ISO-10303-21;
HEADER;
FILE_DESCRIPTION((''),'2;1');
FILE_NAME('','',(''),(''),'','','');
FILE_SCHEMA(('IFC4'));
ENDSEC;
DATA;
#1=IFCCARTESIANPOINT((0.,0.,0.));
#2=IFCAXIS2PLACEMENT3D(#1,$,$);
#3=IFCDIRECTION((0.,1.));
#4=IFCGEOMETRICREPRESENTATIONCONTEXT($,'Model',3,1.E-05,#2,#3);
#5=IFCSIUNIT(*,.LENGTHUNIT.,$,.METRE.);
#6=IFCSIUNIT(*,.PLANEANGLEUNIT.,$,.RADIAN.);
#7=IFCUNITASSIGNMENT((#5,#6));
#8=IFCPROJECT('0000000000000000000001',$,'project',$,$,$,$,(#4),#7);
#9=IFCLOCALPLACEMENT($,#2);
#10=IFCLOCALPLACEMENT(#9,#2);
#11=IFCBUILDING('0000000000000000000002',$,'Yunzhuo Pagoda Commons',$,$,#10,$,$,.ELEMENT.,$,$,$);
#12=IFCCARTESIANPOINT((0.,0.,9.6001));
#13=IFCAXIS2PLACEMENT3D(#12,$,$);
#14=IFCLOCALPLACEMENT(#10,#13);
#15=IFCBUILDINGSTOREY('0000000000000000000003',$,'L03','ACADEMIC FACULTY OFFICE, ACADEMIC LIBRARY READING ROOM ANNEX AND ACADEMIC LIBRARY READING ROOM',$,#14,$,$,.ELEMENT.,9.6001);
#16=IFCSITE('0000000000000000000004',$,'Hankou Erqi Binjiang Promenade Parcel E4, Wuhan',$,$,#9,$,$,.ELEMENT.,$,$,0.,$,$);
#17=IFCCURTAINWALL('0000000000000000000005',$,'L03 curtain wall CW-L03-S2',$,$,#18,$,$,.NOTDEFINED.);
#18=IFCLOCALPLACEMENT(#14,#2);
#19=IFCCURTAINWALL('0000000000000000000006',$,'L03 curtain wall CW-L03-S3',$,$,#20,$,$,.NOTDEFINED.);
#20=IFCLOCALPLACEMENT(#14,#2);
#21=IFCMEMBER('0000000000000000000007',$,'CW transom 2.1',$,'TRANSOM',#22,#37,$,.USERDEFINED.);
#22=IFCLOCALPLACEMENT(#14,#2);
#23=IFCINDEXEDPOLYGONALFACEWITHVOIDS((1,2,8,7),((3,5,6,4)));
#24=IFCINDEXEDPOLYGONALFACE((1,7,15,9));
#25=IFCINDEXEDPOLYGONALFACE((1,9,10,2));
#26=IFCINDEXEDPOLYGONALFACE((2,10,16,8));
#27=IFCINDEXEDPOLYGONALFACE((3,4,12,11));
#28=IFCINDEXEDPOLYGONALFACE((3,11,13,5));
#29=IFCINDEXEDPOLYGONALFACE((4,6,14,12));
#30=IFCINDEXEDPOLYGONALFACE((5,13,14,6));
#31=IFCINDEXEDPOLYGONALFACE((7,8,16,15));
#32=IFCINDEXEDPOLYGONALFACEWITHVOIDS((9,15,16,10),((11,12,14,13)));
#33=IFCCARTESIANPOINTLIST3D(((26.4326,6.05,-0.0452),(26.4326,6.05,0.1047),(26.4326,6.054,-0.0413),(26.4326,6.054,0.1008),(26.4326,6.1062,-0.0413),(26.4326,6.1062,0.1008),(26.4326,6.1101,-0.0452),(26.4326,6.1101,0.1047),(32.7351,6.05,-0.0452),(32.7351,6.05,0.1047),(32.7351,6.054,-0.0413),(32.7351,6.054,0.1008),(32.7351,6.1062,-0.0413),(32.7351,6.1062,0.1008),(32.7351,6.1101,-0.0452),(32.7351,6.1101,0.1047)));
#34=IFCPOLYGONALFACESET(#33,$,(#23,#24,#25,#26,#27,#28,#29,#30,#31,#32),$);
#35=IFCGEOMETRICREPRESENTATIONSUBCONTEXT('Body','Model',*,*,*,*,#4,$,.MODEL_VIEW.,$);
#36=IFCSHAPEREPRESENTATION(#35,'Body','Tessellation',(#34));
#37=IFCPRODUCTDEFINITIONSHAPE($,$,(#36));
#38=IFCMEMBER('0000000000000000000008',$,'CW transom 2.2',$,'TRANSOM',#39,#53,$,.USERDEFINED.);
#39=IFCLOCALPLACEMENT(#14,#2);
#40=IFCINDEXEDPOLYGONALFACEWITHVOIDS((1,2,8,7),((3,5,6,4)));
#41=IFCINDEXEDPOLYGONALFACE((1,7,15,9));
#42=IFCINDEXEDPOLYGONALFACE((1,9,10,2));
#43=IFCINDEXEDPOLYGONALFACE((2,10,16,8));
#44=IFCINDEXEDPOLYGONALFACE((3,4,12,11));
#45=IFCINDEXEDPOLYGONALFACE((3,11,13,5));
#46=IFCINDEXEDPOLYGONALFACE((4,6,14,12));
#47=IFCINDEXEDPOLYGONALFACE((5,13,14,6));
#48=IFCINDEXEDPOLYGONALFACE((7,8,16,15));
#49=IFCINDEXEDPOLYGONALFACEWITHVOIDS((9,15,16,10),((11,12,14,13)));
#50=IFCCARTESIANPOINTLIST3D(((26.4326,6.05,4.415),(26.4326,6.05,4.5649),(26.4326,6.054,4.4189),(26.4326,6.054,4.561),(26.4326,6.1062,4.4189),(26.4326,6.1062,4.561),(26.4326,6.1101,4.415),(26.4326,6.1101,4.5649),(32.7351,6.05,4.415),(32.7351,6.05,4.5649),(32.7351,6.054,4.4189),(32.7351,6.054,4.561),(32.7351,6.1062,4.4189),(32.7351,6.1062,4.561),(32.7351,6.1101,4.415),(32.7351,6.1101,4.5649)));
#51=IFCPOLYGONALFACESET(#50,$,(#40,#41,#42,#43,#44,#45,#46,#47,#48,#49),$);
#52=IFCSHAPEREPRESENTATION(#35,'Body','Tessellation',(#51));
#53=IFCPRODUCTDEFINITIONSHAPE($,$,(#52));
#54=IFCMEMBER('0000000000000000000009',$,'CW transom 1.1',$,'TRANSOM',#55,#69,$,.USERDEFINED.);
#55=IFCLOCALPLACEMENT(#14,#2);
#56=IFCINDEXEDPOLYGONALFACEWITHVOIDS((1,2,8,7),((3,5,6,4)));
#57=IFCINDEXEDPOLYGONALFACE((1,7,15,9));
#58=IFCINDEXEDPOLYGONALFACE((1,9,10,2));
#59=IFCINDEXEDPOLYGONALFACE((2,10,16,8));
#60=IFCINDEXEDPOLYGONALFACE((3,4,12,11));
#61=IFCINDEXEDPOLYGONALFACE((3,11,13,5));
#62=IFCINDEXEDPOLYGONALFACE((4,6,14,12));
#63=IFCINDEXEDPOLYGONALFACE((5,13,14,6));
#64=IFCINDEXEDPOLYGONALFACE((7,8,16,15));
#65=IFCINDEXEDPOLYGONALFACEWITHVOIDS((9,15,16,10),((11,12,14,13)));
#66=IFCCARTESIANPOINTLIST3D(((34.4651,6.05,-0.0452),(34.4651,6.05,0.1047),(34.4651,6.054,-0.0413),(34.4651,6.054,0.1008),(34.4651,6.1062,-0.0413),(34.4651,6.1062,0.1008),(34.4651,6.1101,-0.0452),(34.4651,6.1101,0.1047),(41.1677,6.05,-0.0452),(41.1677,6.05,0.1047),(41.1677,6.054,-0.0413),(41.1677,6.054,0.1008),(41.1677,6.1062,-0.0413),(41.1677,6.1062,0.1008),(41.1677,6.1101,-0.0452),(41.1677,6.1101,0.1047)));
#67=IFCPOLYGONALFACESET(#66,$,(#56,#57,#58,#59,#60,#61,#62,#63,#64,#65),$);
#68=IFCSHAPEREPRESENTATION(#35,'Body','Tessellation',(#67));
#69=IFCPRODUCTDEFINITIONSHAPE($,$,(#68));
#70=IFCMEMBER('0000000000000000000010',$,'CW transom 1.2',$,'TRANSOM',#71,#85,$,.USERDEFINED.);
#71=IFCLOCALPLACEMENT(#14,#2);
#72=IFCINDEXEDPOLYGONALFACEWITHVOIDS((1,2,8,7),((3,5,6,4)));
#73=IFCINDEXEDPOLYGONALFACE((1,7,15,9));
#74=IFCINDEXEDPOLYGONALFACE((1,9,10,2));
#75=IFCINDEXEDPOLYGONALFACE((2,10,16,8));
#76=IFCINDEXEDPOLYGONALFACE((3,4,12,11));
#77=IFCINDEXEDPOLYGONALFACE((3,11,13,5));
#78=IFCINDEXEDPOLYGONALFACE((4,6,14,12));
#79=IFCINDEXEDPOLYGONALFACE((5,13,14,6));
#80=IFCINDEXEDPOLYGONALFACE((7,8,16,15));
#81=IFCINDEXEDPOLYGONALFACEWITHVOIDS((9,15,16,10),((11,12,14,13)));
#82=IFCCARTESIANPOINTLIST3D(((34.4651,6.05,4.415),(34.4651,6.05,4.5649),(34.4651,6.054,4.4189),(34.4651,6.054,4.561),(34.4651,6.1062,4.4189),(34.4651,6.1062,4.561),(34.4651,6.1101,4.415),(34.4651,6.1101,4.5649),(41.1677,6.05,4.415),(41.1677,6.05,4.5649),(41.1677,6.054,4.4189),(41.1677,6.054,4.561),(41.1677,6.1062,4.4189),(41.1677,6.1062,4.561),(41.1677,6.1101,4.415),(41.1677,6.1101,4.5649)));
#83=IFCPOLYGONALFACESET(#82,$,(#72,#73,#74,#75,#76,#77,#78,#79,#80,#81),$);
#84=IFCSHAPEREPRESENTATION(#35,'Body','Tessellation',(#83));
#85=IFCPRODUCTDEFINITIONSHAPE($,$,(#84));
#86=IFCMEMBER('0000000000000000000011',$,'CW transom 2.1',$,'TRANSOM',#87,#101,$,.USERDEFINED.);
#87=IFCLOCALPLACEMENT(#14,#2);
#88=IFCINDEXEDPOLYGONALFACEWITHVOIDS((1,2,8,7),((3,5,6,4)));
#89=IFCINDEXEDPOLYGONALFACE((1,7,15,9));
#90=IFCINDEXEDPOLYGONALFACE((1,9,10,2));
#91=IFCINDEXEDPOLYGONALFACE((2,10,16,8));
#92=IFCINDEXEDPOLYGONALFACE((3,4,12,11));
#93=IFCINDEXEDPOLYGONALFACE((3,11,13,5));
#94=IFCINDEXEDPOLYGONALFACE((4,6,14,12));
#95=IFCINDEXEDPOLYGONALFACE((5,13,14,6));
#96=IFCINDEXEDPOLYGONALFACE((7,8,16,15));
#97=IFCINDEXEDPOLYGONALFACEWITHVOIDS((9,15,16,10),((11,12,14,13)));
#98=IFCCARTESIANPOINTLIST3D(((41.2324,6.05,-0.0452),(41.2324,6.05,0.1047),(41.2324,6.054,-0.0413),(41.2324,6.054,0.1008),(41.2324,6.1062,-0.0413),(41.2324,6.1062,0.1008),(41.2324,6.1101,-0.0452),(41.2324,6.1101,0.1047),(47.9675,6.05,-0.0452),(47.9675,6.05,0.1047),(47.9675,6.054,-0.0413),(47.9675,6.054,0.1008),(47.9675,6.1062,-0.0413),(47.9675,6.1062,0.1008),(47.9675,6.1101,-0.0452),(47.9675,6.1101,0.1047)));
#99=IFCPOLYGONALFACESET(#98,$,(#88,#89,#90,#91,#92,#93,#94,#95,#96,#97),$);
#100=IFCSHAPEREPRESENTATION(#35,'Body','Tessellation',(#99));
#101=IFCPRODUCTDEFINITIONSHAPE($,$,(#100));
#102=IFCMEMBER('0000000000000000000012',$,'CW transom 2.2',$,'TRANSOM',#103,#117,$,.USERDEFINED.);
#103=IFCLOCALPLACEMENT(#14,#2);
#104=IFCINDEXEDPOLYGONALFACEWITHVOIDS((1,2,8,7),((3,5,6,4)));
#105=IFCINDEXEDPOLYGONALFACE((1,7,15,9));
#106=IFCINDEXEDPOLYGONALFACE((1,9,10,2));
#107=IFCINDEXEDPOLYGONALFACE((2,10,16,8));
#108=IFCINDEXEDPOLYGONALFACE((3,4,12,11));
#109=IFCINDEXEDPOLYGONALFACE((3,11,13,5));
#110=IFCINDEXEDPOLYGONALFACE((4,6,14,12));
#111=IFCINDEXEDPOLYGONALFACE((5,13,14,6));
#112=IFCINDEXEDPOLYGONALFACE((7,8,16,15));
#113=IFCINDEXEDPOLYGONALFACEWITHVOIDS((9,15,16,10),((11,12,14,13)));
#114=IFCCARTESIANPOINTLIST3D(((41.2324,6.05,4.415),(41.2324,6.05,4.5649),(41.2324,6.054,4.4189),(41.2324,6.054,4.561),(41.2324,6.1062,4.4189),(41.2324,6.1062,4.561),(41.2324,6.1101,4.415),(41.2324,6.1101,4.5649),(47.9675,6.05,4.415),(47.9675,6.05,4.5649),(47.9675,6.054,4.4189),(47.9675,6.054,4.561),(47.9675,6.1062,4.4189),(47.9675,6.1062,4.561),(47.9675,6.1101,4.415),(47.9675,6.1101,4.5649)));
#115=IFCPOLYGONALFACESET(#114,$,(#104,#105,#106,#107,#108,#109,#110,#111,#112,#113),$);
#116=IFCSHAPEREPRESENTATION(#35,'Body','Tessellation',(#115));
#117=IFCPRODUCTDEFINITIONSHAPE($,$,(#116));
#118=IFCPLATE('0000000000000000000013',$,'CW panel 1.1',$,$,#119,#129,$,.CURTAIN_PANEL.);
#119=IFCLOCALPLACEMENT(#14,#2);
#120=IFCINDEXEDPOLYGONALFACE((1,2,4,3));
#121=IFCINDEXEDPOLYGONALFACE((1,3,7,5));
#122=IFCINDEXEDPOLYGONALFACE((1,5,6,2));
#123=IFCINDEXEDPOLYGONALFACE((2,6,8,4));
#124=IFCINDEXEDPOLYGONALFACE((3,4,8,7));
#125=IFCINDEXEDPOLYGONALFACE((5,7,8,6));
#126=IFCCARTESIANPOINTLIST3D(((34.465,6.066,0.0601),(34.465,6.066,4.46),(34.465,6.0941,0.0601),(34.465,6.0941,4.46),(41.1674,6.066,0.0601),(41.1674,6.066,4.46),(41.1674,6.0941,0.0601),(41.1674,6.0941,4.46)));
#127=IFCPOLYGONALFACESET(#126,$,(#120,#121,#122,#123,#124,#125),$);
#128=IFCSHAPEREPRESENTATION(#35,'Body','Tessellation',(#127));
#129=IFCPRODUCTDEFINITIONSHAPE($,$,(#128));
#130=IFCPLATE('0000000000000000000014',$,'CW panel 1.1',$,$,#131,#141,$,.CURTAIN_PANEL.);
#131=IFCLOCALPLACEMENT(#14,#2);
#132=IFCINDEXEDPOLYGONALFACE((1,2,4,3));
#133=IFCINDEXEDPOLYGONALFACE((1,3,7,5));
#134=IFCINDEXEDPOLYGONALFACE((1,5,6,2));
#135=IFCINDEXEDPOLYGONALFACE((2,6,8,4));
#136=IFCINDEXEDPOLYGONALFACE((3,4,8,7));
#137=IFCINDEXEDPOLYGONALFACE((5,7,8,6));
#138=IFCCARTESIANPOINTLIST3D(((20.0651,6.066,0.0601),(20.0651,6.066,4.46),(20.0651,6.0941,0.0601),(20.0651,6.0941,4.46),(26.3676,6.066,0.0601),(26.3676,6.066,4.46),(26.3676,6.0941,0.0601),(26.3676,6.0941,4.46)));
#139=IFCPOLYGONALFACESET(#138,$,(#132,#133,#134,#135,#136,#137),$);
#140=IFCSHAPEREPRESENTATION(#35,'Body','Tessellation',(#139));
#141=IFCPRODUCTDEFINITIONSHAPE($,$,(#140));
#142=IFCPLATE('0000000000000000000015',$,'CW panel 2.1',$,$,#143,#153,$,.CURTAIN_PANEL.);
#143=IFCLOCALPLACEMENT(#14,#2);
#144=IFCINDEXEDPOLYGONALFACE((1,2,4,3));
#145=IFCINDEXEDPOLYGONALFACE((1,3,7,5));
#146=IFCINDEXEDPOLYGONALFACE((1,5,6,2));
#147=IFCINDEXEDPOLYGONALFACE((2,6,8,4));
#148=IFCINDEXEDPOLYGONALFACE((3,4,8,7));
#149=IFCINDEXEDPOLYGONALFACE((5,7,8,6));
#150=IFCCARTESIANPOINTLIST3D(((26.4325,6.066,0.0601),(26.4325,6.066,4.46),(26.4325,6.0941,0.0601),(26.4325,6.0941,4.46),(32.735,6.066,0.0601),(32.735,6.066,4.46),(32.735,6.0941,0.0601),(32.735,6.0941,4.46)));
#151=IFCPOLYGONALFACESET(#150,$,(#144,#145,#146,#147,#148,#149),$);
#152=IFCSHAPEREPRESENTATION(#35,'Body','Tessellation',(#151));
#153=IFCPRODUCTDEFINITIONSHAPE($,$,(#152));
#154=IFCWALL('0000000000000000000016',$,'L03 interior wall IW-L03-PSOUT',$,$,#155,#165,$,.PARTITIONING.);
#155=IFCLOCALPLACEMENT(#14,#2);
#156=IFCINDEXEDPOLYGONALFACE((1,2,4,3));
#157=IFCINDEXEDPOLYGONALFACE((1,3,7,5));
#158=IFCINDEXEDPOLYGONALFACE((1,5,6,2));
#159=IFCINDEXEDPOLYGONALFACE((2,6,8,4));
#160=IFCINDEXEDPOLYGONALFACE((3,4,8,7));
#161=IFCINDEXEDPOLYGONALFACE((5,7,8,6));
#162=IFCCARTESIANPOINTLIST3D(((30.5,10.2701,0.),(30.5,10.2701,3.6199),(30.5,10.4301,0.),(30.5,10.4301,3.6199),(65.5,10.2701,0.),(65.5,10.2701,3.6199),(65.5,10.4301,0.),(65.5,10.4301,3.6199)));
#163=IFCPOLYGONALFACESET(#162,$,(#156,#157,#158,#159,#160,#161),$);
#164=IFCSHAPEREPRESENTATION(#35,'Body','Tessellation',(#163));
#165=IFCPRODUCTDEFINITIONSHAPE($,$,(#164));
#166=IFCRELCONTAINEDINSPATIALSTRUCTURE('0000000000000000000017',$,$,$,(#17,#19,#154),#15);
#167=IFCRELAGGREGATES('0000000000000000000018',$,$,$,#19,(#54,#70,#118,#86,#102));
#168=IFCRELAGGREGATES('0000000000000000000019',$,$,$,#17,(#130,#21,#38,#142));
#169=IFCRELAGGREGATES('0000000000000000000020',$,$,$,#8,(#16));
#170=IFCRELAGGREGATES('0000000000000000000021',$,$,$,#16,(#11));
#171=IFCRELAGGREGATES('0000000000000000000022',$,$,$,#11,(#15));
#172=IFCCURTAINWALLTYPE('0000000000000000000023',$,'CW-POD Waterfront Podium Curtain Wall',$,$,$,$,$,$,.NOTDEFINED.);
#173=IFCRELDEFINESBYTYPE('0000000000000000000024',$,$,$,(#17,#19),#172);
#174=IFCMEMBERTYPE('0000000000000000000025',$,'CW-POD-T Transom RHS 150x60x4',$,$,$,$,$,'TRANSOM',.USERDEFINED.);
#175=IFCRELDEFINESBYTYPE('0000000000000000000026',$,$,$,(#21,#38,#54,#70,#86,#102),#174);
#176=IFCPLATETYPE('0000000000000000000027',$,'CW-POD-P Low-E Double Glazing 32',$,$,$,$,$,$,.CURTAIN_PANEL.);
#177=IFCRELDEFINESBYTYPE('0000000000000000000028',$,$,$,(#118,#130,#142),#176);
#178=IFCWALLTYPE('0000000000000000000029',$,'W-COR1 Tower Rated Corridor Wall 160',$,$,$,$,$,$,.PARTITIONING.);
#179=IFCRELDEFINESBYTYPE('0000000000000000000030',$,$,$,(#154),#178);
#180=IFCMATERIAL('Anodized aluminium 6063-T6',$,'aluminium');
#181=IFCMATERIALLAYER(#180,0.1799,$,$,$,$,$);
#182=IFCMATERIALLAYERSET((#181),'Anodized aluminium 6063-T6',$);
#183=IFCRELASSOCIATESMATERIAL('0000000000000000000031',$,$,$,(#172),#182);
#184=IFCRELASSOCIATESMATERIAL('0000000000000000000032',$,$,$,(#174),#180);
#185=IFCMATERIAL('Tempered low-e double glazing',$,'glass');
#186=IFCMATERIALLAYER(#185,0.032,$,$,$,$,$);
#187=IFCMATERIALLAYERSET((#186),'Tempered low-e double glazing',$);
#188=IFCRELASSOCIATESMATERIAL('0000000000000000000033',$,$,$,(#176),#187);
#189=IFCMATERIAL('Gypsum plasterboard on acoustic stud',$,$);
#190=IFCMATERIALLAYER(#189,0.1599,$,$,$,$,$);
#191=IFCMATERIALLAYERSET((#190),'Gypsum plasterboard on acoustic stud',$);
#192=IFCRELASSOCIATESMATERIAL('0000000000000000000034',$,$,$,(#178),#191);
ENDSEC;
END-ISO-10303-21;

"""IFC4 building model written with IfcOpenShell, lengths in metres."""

from ifc_helpers import new_model, si_unit, direction, frame, frame_2d, origin, origin_2d, place, context, subcontext, project, spatial, rectangle, hollow_rectangle, extrude, source, transform, mapped, material, layer, layer_set, material_profile, profile_set, type_object, element, aggregate, save


model = new_model("IFC4")

# Units and contexts
model_context = context("Model", 3, precision=1e-05, world=origin(), true_north=direction((0.0, 1.0)))
body_context = subcontext(model_context, "Body", "Model", "MODEL_VIEW")
ifc_project = project(units=[si_unit("LENGTHUNIT", "METRE"), si_unit("PLANEANGLEUNIT", "RADIAN")], contexts=[model_context])

# Site, building, storey
site_placement = place(None, origin())
site = spatial("IfcSite", under=ifc_project, at=site_placement, Name="Hankou Erqi Binjiang Promenade Parcel E4, Wuhan", CompositionType="ELEMENT", RefElevation=0.0)
building_placement = place(site_placement, origin())
building = spatial("IfcBuilding", under=site, at=building_placement, Name="Yunzhuo Pagoda Commons", CompositionType="ELEMENT")
storey_placement = place(building_placement, frame((0.0, 0.0, 9.6001)))
storey = spatial("IfcBuildingStorey", under=building, at=storey_placement, Name="L03", Description="ACADEMIC FACULTY OFFICE, ACADEMIC LIBRARY READING ROOM ANNEX AND ACADEMIC LIBRARY READING ROOM", CompositionType="ELEMENT", Elevation=9.6001)

# Curtain walls
ifc_material_1 = material(Name="Anodized aluminium 6063-T6", Category="aluminium")
ifc_layer_1 = layer(ifc_material_1, 0.1799)
ifc_layer_set_1 = layer_set([ifc_layer_1], Name="Anodized aluminium 6063-T6")
curtain_wall_type = type_object("IfcCurtainWallType", Name="CW-POD Waterfront Podium Curtain Wall", PredefinedType="NOTDEFINED", material=ifc_layer_set_1)
curtain_wall_1_placement = place(storey_placement, origin())
curtain_wall_1 = element("IfcCurtainWall", 1, at=curtain_wall_1_placement, inside=storey, type_object=curtain_wall_type, Name="L03 curtain wall CW-L03-S2", PredefinedType="NOTDEFINED")
curtain_wall_2_placement = place(storey_placement, origin())
curtain_wall_2 = element("IfcCurtainWall", 2, at=curtain_wall_2_placement, inside=storey, type_object=curtain_wall_type, Name="L03 curtain wall CW-L03-S3", PredefinedType="NOTDEFINED")

# Members
ifc_material_profile_1 = material_profile(ifc_material_1, hollow_rectangle(XDim=0.0601, YDim=0.1499, WallThickness=0.0039, at=origin_2d()), Name="Anodized aluminium 6063-T6")
ifc_profile_set_1 = profile_set([ifc_material_profile_1], Name="Anodized aluminium 6063-T6")
member_type_1 = type_object("IfcMemberType", Name="CW-POD-T Transom RHS 150x60x4", ElementType="TRANSOM", PredefinedType="USERDEFINED", material=ifc_profile_set_1)
shared_shape_1 = source(origin(), body_context, "Body", "SweptSolid", [
    extrude(hollow_rectangle(XDim=0.0601, YDim=0.1499, WallThickness=0.0039, at=origin_2d()), origin(), (0.0, 0.0, 1.0), 6.3025),
])
member_1_placement = place(storey_placement, frame((26.4326, 6.0801, 0.0298), z_axis=(1.0, 0.0, 0.0), x_axis=(0.0, 1.0, 0.0)))
member_1 = element("IfcMember", 3, at=member_1_placement, type_object=member_type_1, Name="CW transom 2.1", ObjectType="TRANSOM", PredefinedType="USERDEFINED", context=body_context, shape_type="MappedRepresentation", body=[
    mapped(shared_shape_1, transform((0.0, 0.0, 0.0), scale=1.0)),
])
member_2_placement = place(storey_placement, frame((26.4326, 6.0801, 4.49), z_axis=(1.0, 0.0, 0.0), x_axis=(0.0, 1.0, 0.0)))
member_2 = element("IfcMember", 4, at=member_2_placement, type_object=member_type_1, Name="CW transom 2.2", ObjectType="TRANSOM", PredefinedType="USERDEFINED", context=body_context, shape_type="MappedRepresentation", body=[
    mapped(shared_shape_1, transform((0.0, 0.0, 0.0), scale=1.0)),
])
shared_shape_2 = source(origin(), body_context, "Body", "SweptSolid", [
    extrude(hollow_rectangle(XDim=0.0601, YDim=0.1499, WallThickness=0.0039, at=origin_2d()), origin(), (0.0, 0.0, 1.0), 6.7026),
])
member_3_placement = place(storey_placement, frame((34.4651, 6.0801, 0.0298), z_axis=(1.0, 0.0, 0.0), x_axis=(0.0, 1.0, 0.0)))
member_3 = element("IfcMember", 5, at=member_3_placement, type_object=member_type_1, Name="CW transom 1.1", ObjectType="TRANSOM", PredefinedType="USERDEFINED", context=body_context, shape_type="MappedRepresentation", body=[
    mapped(shared_shape_2, transform((0.0, 0.0, 0.0), scale=1.0)),
])
member_4_placement = place(storey_placement, frame((34.4651, 6.0801, 4.49), z_axis=(1.0, 0.0, 0.0), x_axis=(0.0, 1.0, 0.0)))
member_4 = element("IfcMember", 6, at=member_4_placement, type_object=member_type_1, Name="CW transom 1.2", ObjectType="TRANSOM", PredefinedType="USERDEFINED", context=body_context, shape_type="MappedRepresentation", body=[
    mapped(shared_shape_2, transform((0.0, 0.0, 0.0), scale=1.0)),
])
shared_shape_3 = source(origin(), body_context, "Body", "SweptSolid", [
    extrude(hollow_rectangle(XDim=0.0601, YDim=0.1499, WallThickness=0.0039, at=origin_2d()), origin(), (0.0, 0.0, 1.0), 6.7351),
])
member_5_placement = place(storey_placement, frame((41.2324, 6.0801, 0.0298), z_axis=(1.0, 0.0, 0.0), x_axis=(0.0, 1.0, 0.0)))
member_5 = element("IfcMember", 7, at=member_5_placement, type_object=member_type_1, Name="CW transom 2.1", ObjectType="TRANSOM", PredefinedType="USERDEFINED", context=body_context, shape_type="MappedRepresentation", body=[
    mapped(shared_shape_3, transform((0.0, 0.0, 0.0), scale=1.0)),
])
member_6_placement = place(storey_placement, frame((41.2324, 6.0801, 4.49), z_axis=(1.0, 0.0, 0.0), x_axis=(0.0, 1.0, 0.0)))
member_6 = element("IfcMember", 8, at=member_6_placement, type_object=member_type_1, Name="CW transom 2.2", ObjectType="TRANSOM", PredefinedType="USERDEFINED", context=body_context, shape_type="MappedRepresentation", body=[
    mapped(shared_shape_3, transform((0.0, 0.0, 0.0), scale=1.0)),
])

# Plates
ifc_material_2 = material(Name="Tempered low-e double glazing", Category="glass")
ifc_layer_2 = layer(ifc_material_2, 0.032)
ifc_layer_set_2 = layer_set([ifc_layer_2], Name="Tempered low-e double glazing")
plate_type = type_object("IfcPlateType", Name="CW-POD-P Low-E Double Glazing 32", PredefinedType="CURTAIN_PANEL", material=ifc_layer_set_2)
shared_shape_4 = source(origin(), body_context, "Body", "SweptSolid", [
    extrude(rectangle(XDim=6.7024, YDim=0.0281, at=origin_2d()), origin(), (0.0, 0.0, 1.0), 4.3999),
])
plate_1_placement = place(storey_placement, frame((37.8162, 6.0801, 0.0601), z_axis=(0.0, 0.0, 1.0), x_axis=(1.0, 0.0, 0.0)))
plate_1 = element("IfcPlate", 9, at=plate_1_placement, type_object=plate_type, Name="CW panel 1.1", PredefinedType="CURTAIN_PANEL", context=body_context, shape_type="MappedRepresentation", body=[
    mapped(shared_shape_4, transform((0.0, 0.0, 0.0), scale=1.0)),
])
aggregate(curtain_wall_2, [member_3, member_4, plate_1, member_5, member_6])
shared_shape_5 = source(origin(), body_context, "Body", "SweptSolid", [
    extrude(rectangle(XDim=6.3025, YDim=0.0281, at=origin_2d()), origin(), (0.0, 0.0, 1.0), 4.3999),
])
plate_2_placement = place(storey_placement, frame((23.2163, 6.0801, 0.0601), z_axis=(0.0, 0.0, 1.0), x_axis=(1.0, 0.0, 0.0)))
plate_2 = element("IfcPlate", 10, at=plate_2_placement, type_object=plate_type, Name="CW panel 1.1", PredefinedType="CURTAIN_PANEL", context=body_context, shape_type="MappedRepresentation", body=[
    mapped(shared_shape_5, transform((0.0, 0.0, 0.0), scale=1.0)),
])
plate_3_placement = place(storey_placement, frame((29.5837, 6.0801, 0.0601), z_axis=(0.0, 0.0, 1.0), x_axis=(1.0, 0.0, 0.0)))
plate_3 = element("IfcPlate", 11, at=plate_3_placement, type_object=plate_type, Name="CW panel 2.1", PredefinedType="CURTAIN_PANEL", context=body_context, shape_type="MappedRepresentation", body=[
    mapped(shared_shape_5, transform((0.0, 0.0, 0.0), scale=1.0)),
])
aggregate(curtain_wall_1, [plate_2, member_1, member_2, plate_3])

# Wall
ifc_material_3 = material(Name="Gypsum plasterboard on acoustic stud")
ifc_layer_3 = layer(ifc_material_3, 0.1599)
ifc_layer_set_3 = layer_set([ifc_layer_3], Name="Gypsum plasterboard on acoustic stud")
wall_type_1 = type_object("IfcWallType", Name="W-COR1 Tower Rated Corridor Wall 160", PredefinedType="PARTITIONING", material=ifc_layer_set_3)
wall_1_placement = place(storey_placement, frame((30.5, 10.3501, 0.0), z_axis=(0.0, 0.0, 1.0), x_axis=(1.0, 0.0, 0.0)))
element("IfcWall", 12, at=wall_1_placement, inside=storey, type_object=wall_type_1, Name="L03 interior wall IW-L03-PSOUT", PredefinedType="PARTITIONING", context=body_context, shape_type="SweptSolid", body=[
    extrude(rectangle(XDim=35.0, YDim=0.1599, at=frame_2d((17.5, 0.0))), origin(), (0.0, 0.0, 1.0), 3.6199),
])

save(model, "model.ifc")
